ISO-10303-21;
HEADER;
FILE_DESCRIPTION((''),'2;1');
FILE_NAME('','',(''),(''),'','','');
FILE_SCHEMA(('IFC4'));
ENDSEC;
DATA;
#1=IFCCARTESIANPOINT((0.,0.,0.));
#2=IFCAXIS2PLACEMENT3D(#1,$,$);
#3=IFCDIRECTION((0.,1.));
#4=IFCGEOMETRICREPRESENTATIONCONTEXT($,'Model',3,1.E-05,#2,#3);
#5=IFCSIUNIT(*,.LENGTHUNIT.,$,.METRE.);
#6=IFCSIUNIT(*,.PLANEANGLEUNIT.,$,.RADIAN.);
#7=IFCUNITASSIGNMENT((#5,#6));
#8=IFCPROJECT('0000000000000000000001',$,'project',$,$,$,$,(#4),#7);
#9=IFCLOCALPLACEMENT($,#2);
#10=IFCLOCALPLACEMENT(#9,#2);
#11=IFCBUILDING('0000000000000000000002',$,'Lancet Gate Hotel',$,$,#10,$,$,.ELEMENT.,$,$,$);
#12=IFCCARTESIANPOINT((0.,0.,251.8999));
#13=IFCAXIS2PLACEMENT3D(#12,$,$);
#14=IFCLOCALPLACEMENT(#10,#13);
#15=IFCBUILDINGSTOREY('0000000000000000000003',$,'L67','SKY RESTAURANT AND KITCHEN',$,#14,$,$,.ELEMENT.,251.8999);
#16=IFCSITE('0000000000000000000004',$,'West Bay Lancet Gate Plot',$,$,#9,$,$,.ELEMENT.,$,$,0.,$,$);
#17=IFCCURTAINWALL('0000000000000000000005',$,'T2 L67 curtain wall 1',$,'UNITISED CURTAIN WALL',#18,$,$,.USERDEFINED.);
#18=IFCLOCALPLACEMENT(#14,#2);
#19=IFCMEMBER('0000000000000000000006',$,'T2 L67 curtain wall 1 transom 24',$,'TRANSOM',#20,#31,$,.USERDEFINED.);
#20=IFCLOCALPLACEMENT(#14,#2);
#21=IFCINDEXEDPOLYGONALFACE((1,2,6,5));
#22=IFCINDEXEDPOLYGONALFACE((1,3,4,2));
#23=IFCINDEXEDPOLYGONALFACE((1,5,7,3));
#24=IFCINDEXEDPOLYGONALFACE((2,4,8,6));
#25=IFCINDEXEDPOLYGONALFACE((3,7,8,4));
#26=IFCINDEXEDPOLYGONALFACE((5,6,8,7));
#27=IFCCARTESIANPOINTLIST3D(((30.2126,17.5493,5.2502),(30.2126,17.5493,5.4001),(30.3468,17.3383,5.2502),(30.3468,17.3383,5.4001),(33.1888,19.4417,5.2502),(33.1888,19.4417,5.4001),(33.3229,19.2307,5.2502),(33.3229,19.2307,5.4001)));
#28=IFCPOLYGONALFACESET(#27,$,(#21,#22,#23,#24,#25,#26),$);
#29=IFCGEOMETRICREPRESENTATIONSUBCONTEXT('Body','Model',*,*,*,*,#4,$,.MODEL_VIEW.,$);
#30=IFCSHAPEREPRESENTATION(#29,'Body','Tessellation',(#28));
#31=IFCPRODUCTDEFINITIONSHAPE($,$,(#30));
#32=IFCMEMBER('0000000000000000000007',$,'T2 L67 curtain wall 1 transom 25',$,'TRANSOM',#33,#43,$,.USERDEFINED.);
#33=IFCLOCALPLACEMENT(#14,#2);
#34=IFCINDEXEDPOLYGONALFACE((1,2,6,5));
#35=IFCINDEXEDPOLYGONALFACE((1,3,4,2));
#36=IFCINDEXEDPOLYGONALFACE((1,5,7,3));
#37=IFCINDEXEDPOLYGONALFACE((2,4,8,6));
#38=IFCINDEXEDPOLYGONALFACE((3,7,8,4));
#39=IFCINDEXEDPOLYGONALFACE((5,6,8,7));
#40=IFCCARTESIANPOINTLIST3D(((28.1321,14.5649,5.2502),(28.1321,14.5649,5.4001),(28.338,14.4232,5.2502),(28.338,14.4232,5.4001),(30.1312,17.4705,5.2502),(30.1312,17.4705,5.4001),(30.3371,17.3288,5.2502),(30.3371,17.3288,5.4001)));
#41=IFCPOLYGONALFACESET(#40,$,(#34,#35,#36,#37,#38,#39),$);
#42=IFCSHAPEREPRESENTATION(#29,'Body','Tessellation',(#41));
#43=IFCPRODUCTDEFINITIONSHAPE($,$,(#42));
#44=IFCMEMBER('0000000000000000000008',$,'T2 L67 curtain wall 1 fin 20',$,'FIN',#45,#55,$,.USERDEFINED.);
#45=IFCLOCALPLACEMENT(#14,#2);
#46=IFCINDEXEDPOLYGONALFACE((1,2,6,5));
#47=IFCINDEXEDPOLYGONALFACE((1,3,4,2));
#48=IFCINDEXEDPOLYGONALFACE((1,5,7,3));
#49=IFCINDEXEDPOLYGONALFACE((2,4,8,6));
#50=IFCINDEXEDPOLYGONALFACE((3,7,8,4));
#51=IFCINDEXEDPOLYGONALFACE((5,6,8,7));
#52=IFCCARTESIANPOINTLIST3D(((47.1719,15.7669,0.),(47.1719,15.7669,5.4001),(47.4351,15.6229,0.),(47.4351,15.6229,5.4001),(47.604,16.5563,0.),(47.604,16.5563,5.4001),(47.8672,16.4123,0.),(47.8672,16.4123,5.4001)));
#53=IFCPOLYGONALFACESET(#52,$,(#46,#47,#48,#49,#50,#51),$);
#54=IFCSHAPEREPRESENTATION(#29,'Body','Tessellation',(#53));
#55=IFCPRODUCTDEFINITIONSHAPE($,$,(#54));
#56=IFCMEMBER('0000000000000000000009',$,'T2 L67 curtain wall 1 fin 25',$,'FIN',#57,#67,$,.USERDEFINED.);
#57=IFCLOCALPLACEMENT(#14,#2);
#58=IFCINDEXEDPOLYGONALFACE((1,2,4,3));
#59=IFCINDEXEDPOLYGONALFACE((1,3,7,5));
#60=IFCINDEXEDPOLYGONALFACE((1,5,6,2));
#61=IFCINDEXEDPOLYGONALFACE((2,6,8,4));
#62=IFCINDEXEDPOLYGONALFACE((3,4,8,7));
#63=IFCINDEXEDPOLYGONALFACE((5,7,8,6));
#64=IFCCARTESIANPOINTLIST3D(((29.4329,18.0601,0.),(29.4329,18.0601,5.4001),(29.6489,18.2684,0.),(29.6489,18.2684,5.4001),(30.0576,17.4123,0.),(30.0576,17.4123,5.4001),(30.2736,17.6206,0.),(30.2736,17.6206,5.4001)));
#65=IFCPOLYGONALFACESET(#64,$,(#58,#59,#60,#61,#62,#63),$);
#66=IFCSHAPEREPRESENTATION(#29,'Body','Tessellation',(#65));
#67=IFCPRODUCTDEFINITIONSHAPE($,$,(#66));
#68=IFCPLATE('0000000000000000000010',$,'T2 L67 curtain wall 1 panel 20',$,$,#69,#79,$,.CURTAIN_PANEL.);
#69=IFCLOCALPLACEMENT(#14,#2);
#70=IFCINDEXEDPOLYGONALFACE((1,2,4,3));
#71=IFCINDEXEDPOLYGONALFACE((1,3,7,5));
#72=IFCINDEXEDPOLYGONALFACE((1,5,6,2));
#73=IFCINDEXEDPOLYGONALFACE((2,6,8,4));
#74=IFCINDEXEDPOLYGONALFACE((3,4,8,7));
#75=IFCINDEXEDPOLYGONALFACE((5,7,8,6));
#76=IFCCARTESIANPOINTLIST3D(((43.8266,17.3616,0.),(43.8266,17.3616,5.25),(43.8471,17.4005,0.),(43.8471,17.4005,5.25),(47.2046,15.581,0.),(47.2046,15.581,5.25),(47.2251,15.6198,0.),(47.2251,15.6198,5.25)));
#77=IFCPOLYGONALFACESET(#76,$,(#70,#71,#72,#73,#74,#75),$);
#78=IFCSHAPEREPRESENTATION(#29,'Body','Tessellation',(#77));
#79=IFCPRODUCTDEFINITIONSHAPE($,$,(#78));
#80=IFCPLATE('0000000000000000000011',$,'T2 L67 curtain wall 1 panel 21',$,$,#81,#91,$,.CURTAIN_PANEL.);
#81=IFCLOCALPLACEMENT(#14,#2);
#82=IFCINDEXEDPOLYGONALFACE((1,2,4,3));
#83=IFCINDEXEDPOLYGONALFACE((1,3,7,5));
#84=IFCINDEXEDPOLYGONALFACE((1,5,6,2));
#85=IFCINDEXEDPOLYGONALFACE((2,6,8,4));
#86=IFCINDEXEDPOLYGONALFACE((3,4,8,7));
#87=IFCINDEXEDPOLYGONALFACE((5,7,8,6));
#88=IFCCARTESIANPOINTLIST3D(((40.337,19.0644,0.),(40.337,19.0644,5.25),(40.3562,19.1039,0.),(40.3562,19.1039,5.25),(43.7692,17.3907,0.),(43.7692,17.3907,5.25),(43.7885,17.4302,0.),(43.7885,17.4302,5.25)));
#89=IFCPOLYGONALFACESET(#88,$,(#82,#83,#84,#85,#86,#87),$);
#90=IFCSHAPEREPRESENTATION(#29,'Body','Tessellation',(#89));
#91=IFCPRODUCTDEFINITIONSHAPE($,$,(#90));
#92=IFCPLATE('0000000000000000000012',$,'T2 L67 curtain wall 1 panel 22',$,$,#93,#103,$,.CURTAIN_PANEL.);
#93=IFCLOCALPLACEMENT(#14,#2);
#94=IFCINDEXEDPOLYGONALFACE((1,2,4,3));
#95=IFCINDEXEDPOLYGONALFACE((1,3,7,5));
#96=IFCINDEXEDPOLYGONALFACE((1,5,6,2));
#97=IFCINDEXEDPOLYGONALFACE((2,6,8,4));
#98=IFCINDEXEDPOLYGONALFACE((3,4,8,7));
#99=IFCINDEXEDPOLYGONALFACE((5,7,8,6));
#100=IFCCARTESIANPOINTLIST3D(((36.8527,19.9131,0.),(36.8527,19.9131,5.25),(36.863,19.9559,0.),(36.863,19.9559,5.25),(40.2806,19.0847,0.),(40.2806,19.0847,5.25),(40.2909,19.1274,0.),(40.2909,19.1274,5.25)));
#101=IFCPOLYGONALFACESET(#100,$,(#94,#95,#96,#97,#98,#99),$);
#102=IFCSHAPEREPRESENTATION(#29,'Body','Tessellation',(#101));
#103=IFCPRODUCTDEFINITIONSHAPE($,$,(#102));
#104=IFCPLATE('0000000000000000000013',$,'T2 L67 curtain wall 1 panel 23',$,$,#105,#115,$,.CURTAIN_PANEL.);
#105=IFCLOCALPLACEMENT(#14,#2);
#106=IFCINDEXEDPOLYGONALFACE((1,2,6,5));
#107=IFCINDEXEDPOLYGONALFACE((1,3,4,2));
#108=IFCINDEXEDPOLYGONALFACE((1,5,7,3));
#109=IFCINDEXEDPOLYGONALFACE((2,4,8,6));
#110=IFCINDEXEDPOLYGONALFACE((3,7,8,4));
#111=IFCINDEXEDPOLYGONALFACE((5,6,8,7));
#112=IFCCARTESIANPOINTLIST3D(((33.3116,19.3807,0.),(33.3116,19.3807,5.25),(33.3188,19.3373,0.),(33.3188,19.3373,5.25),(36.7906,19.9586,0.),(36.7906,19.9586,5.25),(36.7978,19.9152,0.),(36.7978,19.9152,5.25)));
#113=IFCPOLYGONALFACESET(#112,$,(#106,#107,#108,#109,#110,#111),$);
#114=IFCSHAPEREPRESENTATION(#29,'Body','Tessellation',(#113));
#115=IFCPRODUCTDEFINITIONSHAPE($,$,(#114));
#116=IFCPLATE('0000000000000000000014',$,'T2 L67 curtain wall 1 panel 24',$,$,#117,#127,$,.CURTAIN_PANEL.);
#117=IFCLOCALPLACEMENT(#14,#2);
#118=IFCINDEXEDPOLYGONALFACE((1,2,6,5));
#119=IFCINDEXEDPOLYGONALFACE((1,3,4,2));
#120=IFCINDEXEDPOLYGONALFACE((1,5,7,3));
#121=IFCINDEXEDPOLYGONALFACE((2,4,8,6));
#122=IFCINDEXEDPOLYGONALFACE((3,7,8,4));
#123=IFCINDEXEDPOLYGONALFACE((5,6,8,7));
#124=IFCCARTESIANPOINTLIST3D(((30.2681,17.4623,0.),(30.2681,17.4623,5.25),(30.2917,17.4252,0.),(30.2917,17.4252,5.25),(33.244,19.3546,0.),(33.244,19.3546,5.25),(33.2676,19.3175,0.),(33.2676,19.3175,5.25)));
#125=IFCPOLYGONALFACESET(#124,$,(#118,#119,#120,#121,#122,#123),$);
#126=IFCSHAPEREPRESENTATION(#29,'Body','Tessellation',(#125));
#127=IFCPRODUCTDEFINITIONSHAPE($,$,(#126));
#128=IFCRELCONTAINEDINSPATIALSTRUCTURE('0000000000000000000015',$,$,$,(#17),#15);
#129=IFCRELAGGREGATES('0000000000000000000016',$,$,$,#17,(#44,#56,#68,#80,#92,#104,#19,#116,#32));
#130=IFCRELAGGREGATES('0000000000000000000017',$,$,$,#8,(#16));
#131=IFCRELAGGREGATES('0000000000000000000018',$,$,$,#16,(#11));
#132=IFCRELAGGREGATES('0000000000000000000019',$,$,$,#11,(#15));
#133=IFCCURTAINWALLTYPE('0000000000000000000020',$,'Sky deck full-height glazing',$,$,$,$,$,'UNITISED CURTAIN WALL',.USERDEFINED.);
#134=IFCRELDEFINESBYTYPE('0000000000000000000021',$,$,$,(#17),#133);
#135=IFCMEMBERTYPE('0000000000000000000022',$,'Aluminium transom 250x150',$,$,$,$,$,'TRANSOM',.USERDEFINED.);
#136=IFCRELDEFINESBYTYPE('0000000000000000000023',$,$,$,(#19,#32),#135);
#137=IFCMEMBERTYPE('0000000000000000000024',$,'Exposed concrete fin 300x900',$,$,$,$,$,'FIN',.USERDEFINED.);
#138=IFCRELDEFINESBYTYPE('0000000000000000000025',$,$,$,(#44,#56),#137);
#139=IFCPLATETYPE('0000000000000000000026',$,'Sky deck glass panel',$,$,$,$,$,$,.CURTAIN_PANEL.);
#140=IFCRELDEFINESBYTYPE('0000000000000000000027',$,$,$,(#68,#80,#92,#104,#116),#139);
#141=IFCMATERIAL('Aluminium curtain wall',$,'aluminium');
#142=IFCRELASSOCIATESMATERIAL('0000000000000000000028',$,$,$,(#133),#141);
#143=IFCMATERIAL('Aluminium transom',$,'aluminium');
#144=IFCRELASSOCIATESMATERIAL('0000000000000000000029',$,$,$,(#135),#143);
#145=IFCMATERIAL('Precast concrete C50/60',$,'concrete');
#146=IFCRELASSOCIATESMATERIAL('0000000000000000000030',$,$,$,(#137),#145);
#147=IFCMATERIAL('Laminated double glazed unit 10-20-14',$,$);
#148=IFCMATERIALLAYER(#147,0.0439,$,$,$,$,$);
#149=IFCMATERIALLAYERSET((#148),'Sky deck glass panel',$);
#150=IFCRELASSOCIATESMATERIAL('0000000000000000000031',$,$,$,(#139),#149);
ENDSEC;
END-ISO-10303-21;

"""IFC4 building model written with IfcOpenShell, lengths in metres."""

from ifc_helpers import new_model, si_unit, direction, frame, origin, origin_2d, place, context, subcontext, project, spatial, rectangle, extrude, material, layer, layer_set, material_profile, profile_set, type_object, element, aggregate, save


model = new_model("IFC4")

# Units and contexts
model_context = context("Model", 3, precision=1e-05, world=origin(), true_north=direction((0.0, 1.0)))
body_context = subcontext(model_context, "Body", "Model", "MODEL_VIEW")
ifc_project = project(units=[si_unit("LENGTHUNIT", "METRE"), si_unit("PLANEANGLEUNIT", "RADIAN")], contexts=[model_context])

# Site, building, storey
site_placement = place(None, origin())
site = spatial("IfcSite", under=ifc_project, at=site_placement, Name="West Bay Lancet Gate Plot", CompositionType="ELEMENT", RefElevation=0.0)
building_placement = place(site_placement, origin())
building = spatial("IfcBuilding", under=site, at=building_placement, Name="Lancet Gate Hotel", CompositionType="ELEMENT")
storey_placement = place(building_placement, frame((0.0, 0.0, 251.8999)))
storey = spatial("IfcBuildingStorey", under=building, at=storey_placement, Name="L67", Description="SKY RESTAURANT AND KITCHEN", CompositionType="ELEMENT", Elevation=251.8999)

# Curtain wall, members, plates
ifc_material_1 = material(Name="Aluminium curtain wall", Category="aluminium")
curtain_wall_type = type_object("IfcCurtainWallType", Name="Sky deck full-height glazing", ElementType="UNITISED CURTAIN WALL", PredefinedType="USERDEFINED", material=ifc_material_1)
curtain_wall_placement = place(storey_placement, origin())
curtain_wall = element("IfcCurtainWall", 1, at=curtain_wall_placement, inside=storey, type_object=curtain_wall_type, Name="T2 L67 curtain wall 1", ObjectType="UNITISED CURTAIN WALL", PredefinedType="USERDEFINED")
ifc_material_2 = material(Name="Aluminium transom", Category="aluminium")
ifc_material_profile_1 = material_profile(ifc_material_2, rectangle(XDim=0.25, YDim=0.1499, at=origin_2d()), Name="TRANSOM 250x150")
ifc_profile_set_1 = profile_set([ifc_material_profile_1], Name="Aluminium transom")
member_type_1 = type_object("IfcMemberType", Name="Aluminium transom 250x150", ElementType="TRANSOM", PredefinedType="USERDEFINED", material=ifc_profile_set_1)
member_1_placement = place(storey_placement, frame((33.2559, 19.3362, 5.3252), z_axis=(-0.843858, -0.536566, 0.0), x_axis=(0.536566, -0.843858, 0.0)))
member_1 = element("IfcMember", 2, at=member_1_placement, type_object=member_type_1, Name="T2 L67 curtain wall 1 transom 24", ObjectType="TRANSOM", PredefinedType="USERDEFINED", context=body_context, shape_type="SweptSolid", body=[
    extrude(rectangle(XDim=0.25, YDim=0.1499, at=origin_2d()), origin(), (0.0, 0.0, 1.0), 3.5269),
])
member_2_placement = place(storey_placement, frame((30.2341, 17.3997, 5.3252), z_axis=(-0.566814, -0.823846, 0.0), x_axis=(0.823846, -0.566814, 0.0)))
member_2 = element("IfcMember", 3, at=member_2_placement, type_object=member_type_1, Name="T2 L67 curtain wall 1 transom 25", ObjectType="TRANSOM", PredefinedType="USERDEFINED", context=body_context, shape_type="SweptSolid", body=[
    extrude(rectangle(XDim=0.25, YDim=0.1499, at=origin_2d()), origin(), (0.0, 0.0, 1.0), 3.5269),
])
ifc_material_3 = material(Name="Precast concrete C50/60", Category="concrete")
ifc_material_profile_2 = material_profile(ifc_material_3, rectangle(XDim=0.3, YDim=0.8999, at=origin_2d()), Name="FIN 300x900")
ifc_profile_set_2 = profile_set([ifc_material_profile_2], Name="Precast concrete C50/60")
member_type_2 = type_object("IfcMemberType", Name="Exposed concrete fin 300x900", ElementType="FIN", PredefinedType="USERDEFINED", material=ifc_profile_set_2)
member_3_placement = place(storey_placement, frame((47.5195, 16.0896, 0.0), z_axis=(0.0, 0.0, 1.0), x_axis=(-0.877195, 0.480135, 0.0)))
member_3 = element("IfcMember", 4, at=member_3_placement, type_object=member_type_2, Name="T2 L67 curtain wall 1 fin 20", ObjectType="FIN", PredefinedType="USERDEFINED", context=body_context, shape_type="SweptSolid", body=[
    extrude(rectangle(XDim=0.3, YDim=0.8999, at=origin_2d()), origin(), (0.0, 0.0, 1.0), 5.4001),
])
member_4_placement = place(storey_placement, frame((29.8533, 17.8403, 0.0), z_axis=(0.0, 0.0, 1.0), x_axis=(-0.719809, -0.694172, 0.0)))
member_4 = element("IfcMember", 5, at=member_4_placement, type_object=member_type_2, Name="T2 L67 curtain wall 1 fin 25", ObjectType="FIN", PredefinedType="USERDEFINED", context=body_context, shape_type="SweptSolid", body=[
    extrude(rectangle(XDim=0.3, YDim=0.8999, at=origin_2d()), origin(), (0.0, 0.0, 1.0), 5.4001),
])
ifc_material_4 = material(Name="Laminated double glazed unit 10-20-14")
ifc_layer = layer(ifc_material_4, 0.0439)
ifc_layer_set = layer_set([ifc_layer], Name="Sky deck glass panel")
plate_type = type_object("IfcPlateType", Name="Sky deck glass panel", PredefinedType="CURTAIN_PANEL", material=ifc_layer_set)
plate_1_placement = place(storey_placement, frame((45.5259, 16.4907, 0.0), z_axis=(0.0, 0.0, 1.0), x_axis=(-0.884623, 0.466307, 0.0)))
plate_1 = element("IfcPlate", 6, at=plate_1_placement, type_object=plate_type, Name="T2 L67 curtain wall 1 panel 20", PredefinedType="CURTAIN_PANEL", context=body_context, shape_type="SweptSolid", body=[
    extrude(rectangle(XDim=3.8186, YDim=0.0439, at=origin_2d()), origin(), (0.0, 0.0, 1.0), 5.25),
])
plate_2_placement = place(storey_placement, frame((42.0627, 18.2473, 0.0), z_axis=(0.0, 0.0, 1.0), x_axis=(-0.898823, 0.438311, 0.0)))
plate_2 = element("IfcPlate", 7, at=plate_2_placement, type_object=plate_type, Name="T2 L67 curtain wall 1 panel 21", PredefinedType="CURTAIN_PANEL", context=body_context, shape_type="SweptSolid", body=[
    extrude(rectangle(XDim=3.8186, YDim=0.0439, at=origin_2d()), origin(), (0.0, 0.0, 1.0), 5.25),
])
plate_3_placement = place(storey_placement, frame((38.5718, 19.5203, 0.0), z_axis=(0.0, 0.0, 1.0), x_axis=(-0.972014, 0.234924, 0.0)))
plate_3 = element("IfcPlate", 8, at=plate_3_placement, type_object=plate_type, Name="T2 L67 curtain wall 1 panel 22", PredefinedType="CURTAIN_PANEL", context=body_context, shape_type="SweptSolid", body=[
    extrude(rectangle(XDim=3.5266, YDim=0.0439, at=origin_2d()), origin(), (0.0, 0.0, 1.0), 5.25),
])
plate_4_placement = place(storey_placement, frame((35.0547, 19.6479, 0.0), z_axis=(0.0, 0.0, 1.0), x_axis=(-0.98648, -0.163881, 0.0)))
plate_4 = element("IfcPlate", 9, at=plate_4_placement, type_object=plate_type, Name="T2 L67 curtain wall 1 panel 23", PredefinedType="CURTAIN_PANEL", context=body_context, shape_type="SweptSolid", body=[
    extrude(rectangle(XDim=3.5266, YDim=0.0439, at=origin_2d()), origin(), (0.0, 0.0, 1.0), 5.25),
])
plate_5_placement = place(storey_placement, frame((31.7678, 18.3899, 0.0), z_axis=(0.0, 0.0, 1.0), x_axis=(-0.843845, -0.536587, 0.0)))
plate_5 = element("IfcPlate", 10, at=plate_5_placement, type_object=plate_type, Name="T2 L67 curtain wall 1 panel 24", PredefinedType="CURTAIN_PANEL", context=body_context, shape_type="SweptSolid", body=[
    extrude(rectangle(XDim=3.5266, YDim=0.0439, at=origin_2d()), origin(), (0.0, 0.0, 1.0), 5.25),
])
aggregate(curtain_wall, [member_3, member_4, plate_1, plate_2, plate_3, plate_4, member_1, plate_5, member_2])

save(model, "model.ifc")
